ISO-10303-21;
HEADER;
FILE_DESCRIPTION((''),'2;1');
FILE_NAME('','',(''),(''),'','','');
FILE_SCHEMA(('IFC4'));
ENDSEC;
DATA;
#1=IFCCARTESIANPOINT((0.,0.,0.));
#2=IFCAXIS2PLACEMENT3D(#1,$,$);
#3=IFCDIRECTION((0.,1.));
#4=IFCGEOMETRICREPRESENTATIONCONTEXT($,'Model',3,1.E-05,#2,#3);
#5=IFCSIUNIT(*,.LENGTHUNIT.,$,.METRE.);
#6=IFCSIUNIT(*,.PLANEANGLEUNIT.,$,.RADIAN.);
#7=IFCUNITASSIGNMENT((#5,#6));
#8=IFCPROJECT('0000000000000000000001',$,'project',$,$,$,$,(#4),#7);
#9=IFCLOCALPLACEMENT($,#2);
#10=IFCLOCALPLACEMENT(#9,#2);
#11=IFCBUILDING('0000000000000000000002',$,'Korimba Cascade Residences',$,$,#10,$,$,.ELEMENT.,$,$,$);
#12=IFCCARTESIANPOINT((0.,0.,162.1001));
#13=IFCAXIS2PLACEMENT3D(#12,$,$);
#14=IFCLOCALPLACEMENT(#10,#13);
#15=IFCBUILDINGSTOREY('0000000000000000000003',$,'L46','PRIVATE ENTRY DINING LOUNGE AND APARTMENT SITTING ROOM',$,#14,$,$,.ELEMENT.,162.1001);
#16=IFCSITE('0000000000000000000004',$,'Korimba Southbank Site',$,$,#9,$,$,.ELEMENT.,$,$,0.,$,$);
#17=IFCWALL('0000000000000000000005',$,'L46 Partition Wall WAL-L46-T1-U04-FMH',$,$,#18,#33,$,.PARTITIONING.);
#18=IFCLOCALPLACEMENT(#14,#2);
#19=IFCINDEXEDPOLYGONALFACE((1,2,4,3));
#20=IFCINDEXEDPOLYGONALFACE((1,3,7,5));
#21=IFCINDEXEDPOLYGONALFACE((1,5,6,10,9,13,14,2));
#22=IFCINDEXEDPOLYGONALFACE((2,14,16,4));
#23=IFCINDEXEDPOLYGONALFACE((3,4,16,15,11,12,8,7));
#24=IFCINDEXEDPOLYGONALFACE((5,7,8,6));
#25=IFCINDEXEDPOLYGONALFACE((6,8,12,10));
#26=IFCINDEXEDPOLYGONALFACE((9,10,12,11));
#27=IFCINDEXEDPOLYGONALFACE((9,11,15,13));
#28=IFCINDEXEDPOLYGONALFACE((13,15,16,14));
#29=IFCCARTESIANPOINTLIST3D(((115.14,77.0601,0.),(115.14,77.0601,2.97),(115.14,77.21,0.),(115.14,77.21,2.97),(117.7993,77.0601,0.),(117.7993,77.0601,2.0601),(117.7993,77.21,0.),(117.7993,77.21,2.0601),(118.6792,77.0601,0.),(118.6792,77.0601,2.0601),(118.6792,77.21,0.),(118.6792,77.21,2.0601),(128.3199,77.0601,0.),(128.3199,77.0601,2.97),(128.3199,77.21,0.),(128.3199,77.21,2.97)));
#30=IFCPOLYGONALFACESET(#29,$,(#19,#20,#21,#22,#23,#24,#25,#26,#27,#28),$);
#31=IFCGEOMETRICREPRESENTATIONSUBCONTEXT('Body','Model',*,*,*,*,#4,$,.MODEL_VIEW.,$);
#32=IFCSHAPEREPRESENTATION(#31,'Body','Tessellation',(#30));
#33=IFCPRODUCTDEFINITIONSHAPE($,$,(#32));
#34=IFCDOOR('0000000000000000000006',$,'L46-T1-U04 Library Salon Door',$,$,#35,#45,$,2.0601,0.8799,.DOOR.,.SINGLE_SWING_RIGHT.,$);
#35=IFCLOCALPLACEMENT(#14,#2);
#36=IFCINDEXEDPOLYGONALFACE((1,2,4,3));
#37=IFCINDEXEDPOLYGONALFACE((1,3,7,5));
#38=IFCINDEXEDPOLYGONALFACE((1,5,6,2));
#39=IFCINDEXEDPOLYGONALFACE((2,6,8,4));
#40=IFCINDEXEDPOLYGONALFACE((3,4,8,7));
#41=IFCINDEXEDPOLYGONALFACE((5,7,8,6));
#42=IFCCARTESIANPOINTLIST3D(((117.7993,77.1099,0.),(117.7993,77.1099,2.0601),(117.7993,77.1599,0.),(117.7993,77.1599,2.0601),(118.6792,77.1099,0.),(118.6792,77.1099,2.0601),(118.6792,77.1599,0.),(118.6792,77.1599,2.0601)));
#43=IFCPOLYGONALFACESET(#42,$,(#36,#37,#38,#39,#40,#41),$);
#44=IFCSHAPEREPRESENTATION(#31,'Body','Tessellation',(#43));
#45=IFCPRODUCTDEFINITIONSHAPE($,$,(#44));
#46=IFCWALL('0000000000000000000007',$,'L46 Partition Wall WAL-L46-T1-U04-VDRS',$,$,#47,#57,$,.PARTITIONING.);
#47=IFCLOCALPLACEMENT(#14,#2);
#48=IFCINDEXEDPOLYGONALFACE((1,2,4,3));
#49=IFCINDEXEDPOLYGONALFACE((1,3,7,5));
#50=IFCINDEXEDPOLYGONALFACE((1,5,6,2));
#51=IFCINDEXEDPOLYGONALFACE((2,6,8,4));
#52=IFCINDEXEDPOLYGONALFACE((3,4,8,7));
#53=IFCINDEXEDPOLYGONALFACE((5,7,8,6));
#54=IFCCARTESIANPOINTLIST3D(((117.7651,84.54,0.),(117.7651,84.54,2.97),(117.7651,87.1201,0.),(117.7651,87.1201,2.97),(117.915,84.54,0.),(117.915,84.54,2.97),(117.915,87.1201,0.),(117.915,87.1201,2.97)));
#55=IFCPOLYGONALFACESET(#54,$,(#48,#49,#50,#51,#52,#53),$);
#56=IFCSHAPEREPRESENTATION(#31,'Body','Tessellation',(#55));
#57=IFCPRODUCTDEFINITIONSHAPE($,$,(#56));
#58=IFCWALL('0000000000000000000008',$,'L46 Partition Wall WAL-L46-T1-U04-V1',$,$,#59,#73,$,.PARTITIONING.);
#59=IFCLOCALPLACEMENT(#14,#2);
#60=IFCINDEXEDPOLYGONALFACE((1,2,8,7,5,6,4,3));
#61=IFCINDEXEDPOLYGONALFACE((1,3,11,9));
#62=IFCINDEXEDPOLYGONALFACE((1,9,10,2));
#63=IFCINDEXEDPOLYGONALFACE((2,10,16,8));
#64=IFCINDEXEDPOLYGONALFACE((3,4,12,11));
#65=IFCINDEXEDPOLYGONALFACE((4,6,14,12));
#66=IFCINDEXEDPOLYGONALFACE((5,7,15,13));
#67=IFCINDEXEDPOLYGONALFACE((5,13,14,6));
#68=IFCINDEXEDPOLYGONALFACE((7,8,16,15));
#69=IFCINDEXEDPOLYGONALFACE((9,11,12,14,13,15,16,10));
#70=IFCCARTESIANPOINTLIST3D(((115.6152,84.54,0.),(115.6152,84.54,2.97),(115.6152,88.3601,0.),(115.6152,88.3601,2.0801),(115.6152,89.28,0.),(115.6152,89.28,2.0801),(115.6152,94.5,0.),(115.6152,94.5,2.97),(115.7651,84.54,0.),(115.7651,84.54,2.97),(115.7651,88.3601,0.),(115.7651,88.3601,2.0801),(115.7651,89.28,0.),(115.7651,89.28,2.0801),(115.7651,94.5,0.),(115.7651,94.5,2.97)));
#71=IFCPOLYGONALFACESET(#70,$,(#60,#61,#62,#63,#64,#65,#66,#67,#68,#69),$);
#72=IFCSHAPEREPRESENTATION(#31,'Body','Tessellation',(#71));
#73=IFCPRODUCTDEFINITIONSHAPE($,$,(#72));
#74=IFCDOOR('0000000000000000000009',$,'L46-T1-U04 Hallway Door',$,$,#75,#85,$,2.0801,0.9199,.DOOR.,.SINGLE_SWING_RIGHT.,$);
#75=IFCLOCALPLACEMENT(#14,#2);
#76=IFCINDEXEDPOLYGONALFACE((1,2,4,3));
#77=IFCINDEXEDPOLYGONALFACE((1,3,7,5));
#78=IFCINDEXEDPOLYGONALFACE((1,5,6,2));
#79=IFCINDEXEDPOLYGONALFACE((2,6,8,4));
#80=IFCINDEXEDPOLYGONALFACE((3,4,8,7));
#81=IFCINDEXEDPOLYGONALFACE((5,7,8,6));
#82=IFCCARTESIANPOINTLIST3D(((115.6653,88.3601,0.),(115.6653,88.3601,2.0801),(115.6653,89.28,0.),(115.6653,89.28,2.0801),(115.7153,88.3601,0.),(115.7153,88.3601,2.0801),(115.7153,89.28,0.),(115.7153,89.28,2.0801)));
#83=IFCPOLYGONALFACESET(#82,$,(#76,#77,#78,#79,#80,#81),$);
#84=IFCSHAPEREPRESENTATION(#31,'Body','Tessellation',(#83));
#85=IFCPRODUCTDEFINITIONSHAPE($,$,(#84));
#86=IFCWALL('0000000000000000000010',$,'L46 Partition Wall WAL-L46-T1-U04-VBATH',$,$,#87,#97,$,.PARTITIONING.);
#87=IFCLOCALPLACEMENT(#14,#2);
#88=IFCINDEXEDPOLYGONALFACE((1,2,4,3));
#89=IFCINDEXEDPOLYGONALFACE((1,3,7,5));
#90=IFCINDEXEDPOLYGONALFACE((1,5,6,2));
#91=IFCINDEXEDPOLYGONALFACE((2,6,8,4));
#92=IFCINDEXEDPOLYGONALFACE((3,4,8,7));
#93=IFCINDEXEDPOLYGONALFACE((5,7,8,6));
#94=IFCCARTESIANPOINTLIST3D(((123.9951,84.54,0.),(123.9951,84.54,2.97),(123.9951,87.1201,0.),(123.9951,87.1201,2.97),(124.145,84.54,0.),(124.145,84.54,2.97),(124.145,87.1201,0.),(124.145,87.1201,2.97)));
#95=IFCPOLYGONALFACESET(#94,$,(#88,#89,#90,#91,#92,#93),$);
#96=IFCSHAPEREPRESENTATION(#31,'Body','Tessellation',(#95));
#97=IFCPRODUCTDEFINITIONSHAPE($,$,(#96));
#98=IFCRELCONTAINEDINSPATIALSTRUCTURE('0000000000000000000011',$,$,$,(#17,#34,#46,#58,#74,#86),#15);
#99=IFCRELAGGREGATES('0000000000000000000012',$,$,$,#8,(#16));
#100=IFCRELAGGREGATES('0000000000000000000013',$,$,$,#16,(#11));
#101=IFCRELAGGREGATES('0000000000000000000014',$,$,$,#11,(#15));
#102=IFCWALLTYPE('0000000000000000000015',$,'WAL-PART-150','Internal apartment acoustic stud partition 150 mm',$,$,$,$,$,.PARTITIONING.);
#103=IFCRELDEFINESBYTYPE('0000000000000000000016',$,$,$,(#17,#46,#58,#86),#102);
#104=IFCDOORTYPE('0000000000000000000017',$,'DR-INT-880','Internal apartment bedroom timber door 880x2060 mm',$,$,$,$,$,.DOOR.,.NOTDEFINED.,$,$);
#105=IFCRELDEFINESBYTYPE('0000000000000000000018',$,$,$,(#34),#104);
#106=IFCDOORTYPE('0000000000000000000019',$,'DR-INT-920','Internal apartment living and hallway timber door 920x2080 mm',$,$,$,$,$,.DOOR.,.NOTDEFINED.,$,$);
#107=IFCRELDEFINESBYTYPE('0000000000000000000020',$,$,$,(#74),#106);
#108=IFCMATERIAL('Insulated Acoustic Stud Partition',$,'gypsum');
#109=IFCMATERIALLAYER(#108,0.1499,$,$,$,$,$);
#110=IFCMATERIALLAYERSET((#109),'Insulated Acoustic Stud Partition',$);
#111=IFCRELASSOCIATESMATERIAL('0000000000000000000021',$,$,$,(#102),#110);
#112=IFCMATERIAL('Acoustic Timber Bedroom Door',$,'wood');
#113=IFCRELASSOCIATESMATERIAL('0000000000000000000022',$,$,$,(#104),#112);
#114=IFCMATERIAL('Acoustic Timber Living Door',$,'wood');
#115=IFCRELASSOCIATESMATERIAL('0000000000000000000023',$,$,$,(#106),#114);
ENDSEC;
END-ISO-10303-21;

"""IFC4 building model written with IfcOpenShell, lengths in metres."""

from ifc_helpers import new_model, si_unit, direction, frame, frame_2d, origin, place, context, subcontext, project, spatial, rectangle, extrude, material, layer, layer_set, type_object, element, fill, save


model = new_model("IFC4")

# Units and contexts
model_context = context("Model", 3, precision=1e-05, world=origin(), true_north=direction((0.0, 1.0)))
body_context = subcontext(model_context, "Body", "Model", "MODEL_VIEW")
ifc_project = project(units=[si_unit("LENGTHUNIT", "METRE"), si_unit("PLANEANGLEUNIT", "RADIAN")], contexts=[model_context])

# Site, building, storey
site_placement = place(None, origin())
site = spatial("IfcSite", under=ifc_project, at=site_placement, Name="Korimba Southbank Site", CompositionType="ELEMENT", RefElevation=0.0)
building_placement = place(site_placement, origin())
building = spatial("IfcBuilding", under=site, at=building_placement, Name="Korimba Cascade Residences", CompositionType="ELEMENT")
storey_placement = place(building_placement, frame((0.0, 0.0, 162.1001)))
storey = spatial("IfcBuildingStorey", under=building, at=storey_placement, Name="L46", Description="PRIVATE ENTRY DINING LOUNGE AND APARTMENT SITTING ROOM", CompositionType="ELEMENT", Elevation=162.1001)

# Shared definitions
ifc_material_1 = material(Name="Insulated Acoustic Stud Partition", Category="gypsum")
ifc_layer_1 = layer(ifc_material_1, 0.1499)
ifc_layer_set_1 = layer_set([ifc_layer_1], Name="Insulated Acoustic Stud Partition")
wall_type_1 = type_object("IfcWallType", Name="WAL-PART-150", Description="Internal apartment acoustic stud partition 150 mm", PredefinedType="PARTITIONING", material=ifc_layer_set_1)
ifc_material_2 = material(Name="Acoustic Timber Bedroom Door", Category="wood")
door_type_1 = type_object("IfcDoorType", Name="DR-INT-880", Description="Internal apartment bedroom timber door 880x2060 mm", OperationType="NOTDEFINED", PredefinedType="DOOR", material=ifc_material_2)

# Wall, opening, door
wall_1_placement = place(storey_placement, frame((115.1401, 77.135, 0.0), z_axis=(0.0, 0.0, 1.0), x_axis=(1.0, 0.0, 0.0)))
wall_1 = element("IfcWall", 1, at=wall_1_placement, inside=storey, type_object=wall_type_1, Name="L46 Partition Wall WAL-L46-T1-U04-FMH", PredefinedType="PARTITIONING", context=body_context, shape_type="SweptSolid", body=[
    extrude(rectangle(XDim=13.1799, YDim=0.1499, at=frame_2d((6.5898, 0.0))), origin(), (0.0, 0.0, 1.0), 2.97),
])
opening_1_placement = place(wall_1_placement, frame((2.6592, 0.0, 0.0)))
opening_1 = element("IfcOpeningElement", 2, at=opening_1_placement, cuts=wall_1, PredefinedType="OPENING", context=body_context, shape_type="SweptSolid", body=[
    extrude(rectangle(XDim=0.8799, YDim=2.0601, at=frame_2d((0.4399, 1.03))), frame((0.0, 0.085, 0.0), z_axis=(0.0, -1.0, 0.0), x_axis=(1.0, 0.0, 0.0)), (0.0, 0.0, 1.0), 0.1699),
])
door_1_placement = place(opening_1_placement, origin())
door_1 = element("IfcDoor", 3, at=door_1_placement, inside=storey, type_object=door_type_1, Name="L46-T1-U04 Library Salon Door", OperationType="SINGLE_SWING_RIGHT", OverallHeight=2.0601, OverallWidth=0.8799, PredefinedType="DOOR", context=body_context, shape_type="SweptSolid", body=[
    extrude(rectangle(XDim=0.8799, YDim=2.0601, at=frame_2d((0.4399, 1.03))), frame((0.0, 0.0249, 0.0), z_axis=(0.0, -1.0, 0.0), x_axis=(1.0, 0.0, 0.0)), (0.0, 0.0, 1.0), 0.05),
])
fill(opening_1, door_1)

# Wall
wall_2_placement = place(storey_placement, frame((117.8401, 84.54, 0.0), z_axis=(0.0, 0.0, 1.0), x_axis=(0.0, 1.0, 0.0)))
element("IfcWall", 4, at=wall_2_placement, inside=storey, type_object=wall_type_1, Name="L46 Partition Wall WAL-L46-T1-U04-VDRS", PredefinedType="PARTITIONING", context=body_context, shape_type="SweptSolid", body=[
    extrude(rectangle(XDim=2.5801, YDim=0.1499, at=frame_2d((1.29, 0.0))), origin(), (0.0, 0.0, 1.0), 2.97),
])

# Wall, opening, door
wall_3_placement = place(storey_placement, frame((115.6902, 84.54, 0.0), z_axis=(0.0, 0.0, 1.0), x_axis=(0.0, 1.0, 0.0)))
wall_3 = element("IfcWall", 5, at=wall_3_placement, inside=storey, type_object=wall_type_1, Name="L46 Partition Wall WAL-L46-T1-U04-V1", PredefinedType="PARTITIONING", context=body_context, shape_type="SweptSolid", body=[
    extrude(rectangle(XDim=9.96, YDim=0.1499, at=frame_2d((4.98, 0.0))), origin(), (0.0, 0.0, 1.0), 2.97),
])
opening_2_placement = place(wall_3_placement, frame((3.8201, 0.0, 0.0)))
opening_2 = element("IfcOpeningElement", 6, at=opening_2_placement, cuts=wall_3, PredefinedType="OPENING", context=body_context, shape_type="SweptSolid", body=[
    extrude(rectangle(XDim=0.9199, YDim=2.0801, at=frame_2d((0.46, 1.04))), frame((0.0, 0.085, 0.0), z_axis=(0.0, -1.0, 0.0), x_axis=(1.0, 0.0, 0.0)), (0.0, 0.0, 1.0), 0.1699),
])
ifc_material_3 = material(Name="Acoustic Timber Living Door", Category="wood")
door_type_2 = type_object("IfcDoorType", Name="DR-INT-920", Description="Internal apartment living and hallway timber door 920x2080 mm", OperationType="NOTDEFINED", PredefinedType="DOOR", material=ifc_material_3)
door_2_placement = place(opening_2_placement, origin())
door_2 = element("IfcDoor", 7, at=door_2_placement, inside=storey, type_object=door_type_2, Name="L46-T1-U04 Hallway Door", OperationType="SINGLE_SWING_RIGHT", OverallHeight=2.0801, OverallWidth=0.9199, PredefinedType="DOOR", context=body_context, shape_type="SweptSolid", body=[
    extrude(rectangle(XDim=0.9199, YDim=2.0801, at=frame_2d((0.46, 1.04))), frame((0.0, 0.0249, 0.0), z_axis=(0.0, -1.0, 0.0), x_axis=(1.0, 0.0, 0.0)), (0.0, 0.0, 1.0), 0.05),
])
fill(opening_2, door_2)

# Wall
wall_4_placement = place(storey_placement, frame((124.0701, 84.54, 0.0), z_axis=(0.0, 0.0, 1.0), x_axis=(0.0, 1.0, 0.0)))
element("IfcWall", 8, at=wall_4_placement, inside=storey, type_object=wall_type_1, Name="L46 Partition Wall WAL-L46-T1-U04-VBATH", PredefinedType="PARTITIONING", context=body_context, shape_type="SweptSolid", body=[
    extrude(rectangle(XDim=2.5801, YDim=0.1499, at=frame_2d((1.29, 0.0))), origin(), (0.0, 0.0, 1.0), 2.97),
])

save(model, "model.ifc")
